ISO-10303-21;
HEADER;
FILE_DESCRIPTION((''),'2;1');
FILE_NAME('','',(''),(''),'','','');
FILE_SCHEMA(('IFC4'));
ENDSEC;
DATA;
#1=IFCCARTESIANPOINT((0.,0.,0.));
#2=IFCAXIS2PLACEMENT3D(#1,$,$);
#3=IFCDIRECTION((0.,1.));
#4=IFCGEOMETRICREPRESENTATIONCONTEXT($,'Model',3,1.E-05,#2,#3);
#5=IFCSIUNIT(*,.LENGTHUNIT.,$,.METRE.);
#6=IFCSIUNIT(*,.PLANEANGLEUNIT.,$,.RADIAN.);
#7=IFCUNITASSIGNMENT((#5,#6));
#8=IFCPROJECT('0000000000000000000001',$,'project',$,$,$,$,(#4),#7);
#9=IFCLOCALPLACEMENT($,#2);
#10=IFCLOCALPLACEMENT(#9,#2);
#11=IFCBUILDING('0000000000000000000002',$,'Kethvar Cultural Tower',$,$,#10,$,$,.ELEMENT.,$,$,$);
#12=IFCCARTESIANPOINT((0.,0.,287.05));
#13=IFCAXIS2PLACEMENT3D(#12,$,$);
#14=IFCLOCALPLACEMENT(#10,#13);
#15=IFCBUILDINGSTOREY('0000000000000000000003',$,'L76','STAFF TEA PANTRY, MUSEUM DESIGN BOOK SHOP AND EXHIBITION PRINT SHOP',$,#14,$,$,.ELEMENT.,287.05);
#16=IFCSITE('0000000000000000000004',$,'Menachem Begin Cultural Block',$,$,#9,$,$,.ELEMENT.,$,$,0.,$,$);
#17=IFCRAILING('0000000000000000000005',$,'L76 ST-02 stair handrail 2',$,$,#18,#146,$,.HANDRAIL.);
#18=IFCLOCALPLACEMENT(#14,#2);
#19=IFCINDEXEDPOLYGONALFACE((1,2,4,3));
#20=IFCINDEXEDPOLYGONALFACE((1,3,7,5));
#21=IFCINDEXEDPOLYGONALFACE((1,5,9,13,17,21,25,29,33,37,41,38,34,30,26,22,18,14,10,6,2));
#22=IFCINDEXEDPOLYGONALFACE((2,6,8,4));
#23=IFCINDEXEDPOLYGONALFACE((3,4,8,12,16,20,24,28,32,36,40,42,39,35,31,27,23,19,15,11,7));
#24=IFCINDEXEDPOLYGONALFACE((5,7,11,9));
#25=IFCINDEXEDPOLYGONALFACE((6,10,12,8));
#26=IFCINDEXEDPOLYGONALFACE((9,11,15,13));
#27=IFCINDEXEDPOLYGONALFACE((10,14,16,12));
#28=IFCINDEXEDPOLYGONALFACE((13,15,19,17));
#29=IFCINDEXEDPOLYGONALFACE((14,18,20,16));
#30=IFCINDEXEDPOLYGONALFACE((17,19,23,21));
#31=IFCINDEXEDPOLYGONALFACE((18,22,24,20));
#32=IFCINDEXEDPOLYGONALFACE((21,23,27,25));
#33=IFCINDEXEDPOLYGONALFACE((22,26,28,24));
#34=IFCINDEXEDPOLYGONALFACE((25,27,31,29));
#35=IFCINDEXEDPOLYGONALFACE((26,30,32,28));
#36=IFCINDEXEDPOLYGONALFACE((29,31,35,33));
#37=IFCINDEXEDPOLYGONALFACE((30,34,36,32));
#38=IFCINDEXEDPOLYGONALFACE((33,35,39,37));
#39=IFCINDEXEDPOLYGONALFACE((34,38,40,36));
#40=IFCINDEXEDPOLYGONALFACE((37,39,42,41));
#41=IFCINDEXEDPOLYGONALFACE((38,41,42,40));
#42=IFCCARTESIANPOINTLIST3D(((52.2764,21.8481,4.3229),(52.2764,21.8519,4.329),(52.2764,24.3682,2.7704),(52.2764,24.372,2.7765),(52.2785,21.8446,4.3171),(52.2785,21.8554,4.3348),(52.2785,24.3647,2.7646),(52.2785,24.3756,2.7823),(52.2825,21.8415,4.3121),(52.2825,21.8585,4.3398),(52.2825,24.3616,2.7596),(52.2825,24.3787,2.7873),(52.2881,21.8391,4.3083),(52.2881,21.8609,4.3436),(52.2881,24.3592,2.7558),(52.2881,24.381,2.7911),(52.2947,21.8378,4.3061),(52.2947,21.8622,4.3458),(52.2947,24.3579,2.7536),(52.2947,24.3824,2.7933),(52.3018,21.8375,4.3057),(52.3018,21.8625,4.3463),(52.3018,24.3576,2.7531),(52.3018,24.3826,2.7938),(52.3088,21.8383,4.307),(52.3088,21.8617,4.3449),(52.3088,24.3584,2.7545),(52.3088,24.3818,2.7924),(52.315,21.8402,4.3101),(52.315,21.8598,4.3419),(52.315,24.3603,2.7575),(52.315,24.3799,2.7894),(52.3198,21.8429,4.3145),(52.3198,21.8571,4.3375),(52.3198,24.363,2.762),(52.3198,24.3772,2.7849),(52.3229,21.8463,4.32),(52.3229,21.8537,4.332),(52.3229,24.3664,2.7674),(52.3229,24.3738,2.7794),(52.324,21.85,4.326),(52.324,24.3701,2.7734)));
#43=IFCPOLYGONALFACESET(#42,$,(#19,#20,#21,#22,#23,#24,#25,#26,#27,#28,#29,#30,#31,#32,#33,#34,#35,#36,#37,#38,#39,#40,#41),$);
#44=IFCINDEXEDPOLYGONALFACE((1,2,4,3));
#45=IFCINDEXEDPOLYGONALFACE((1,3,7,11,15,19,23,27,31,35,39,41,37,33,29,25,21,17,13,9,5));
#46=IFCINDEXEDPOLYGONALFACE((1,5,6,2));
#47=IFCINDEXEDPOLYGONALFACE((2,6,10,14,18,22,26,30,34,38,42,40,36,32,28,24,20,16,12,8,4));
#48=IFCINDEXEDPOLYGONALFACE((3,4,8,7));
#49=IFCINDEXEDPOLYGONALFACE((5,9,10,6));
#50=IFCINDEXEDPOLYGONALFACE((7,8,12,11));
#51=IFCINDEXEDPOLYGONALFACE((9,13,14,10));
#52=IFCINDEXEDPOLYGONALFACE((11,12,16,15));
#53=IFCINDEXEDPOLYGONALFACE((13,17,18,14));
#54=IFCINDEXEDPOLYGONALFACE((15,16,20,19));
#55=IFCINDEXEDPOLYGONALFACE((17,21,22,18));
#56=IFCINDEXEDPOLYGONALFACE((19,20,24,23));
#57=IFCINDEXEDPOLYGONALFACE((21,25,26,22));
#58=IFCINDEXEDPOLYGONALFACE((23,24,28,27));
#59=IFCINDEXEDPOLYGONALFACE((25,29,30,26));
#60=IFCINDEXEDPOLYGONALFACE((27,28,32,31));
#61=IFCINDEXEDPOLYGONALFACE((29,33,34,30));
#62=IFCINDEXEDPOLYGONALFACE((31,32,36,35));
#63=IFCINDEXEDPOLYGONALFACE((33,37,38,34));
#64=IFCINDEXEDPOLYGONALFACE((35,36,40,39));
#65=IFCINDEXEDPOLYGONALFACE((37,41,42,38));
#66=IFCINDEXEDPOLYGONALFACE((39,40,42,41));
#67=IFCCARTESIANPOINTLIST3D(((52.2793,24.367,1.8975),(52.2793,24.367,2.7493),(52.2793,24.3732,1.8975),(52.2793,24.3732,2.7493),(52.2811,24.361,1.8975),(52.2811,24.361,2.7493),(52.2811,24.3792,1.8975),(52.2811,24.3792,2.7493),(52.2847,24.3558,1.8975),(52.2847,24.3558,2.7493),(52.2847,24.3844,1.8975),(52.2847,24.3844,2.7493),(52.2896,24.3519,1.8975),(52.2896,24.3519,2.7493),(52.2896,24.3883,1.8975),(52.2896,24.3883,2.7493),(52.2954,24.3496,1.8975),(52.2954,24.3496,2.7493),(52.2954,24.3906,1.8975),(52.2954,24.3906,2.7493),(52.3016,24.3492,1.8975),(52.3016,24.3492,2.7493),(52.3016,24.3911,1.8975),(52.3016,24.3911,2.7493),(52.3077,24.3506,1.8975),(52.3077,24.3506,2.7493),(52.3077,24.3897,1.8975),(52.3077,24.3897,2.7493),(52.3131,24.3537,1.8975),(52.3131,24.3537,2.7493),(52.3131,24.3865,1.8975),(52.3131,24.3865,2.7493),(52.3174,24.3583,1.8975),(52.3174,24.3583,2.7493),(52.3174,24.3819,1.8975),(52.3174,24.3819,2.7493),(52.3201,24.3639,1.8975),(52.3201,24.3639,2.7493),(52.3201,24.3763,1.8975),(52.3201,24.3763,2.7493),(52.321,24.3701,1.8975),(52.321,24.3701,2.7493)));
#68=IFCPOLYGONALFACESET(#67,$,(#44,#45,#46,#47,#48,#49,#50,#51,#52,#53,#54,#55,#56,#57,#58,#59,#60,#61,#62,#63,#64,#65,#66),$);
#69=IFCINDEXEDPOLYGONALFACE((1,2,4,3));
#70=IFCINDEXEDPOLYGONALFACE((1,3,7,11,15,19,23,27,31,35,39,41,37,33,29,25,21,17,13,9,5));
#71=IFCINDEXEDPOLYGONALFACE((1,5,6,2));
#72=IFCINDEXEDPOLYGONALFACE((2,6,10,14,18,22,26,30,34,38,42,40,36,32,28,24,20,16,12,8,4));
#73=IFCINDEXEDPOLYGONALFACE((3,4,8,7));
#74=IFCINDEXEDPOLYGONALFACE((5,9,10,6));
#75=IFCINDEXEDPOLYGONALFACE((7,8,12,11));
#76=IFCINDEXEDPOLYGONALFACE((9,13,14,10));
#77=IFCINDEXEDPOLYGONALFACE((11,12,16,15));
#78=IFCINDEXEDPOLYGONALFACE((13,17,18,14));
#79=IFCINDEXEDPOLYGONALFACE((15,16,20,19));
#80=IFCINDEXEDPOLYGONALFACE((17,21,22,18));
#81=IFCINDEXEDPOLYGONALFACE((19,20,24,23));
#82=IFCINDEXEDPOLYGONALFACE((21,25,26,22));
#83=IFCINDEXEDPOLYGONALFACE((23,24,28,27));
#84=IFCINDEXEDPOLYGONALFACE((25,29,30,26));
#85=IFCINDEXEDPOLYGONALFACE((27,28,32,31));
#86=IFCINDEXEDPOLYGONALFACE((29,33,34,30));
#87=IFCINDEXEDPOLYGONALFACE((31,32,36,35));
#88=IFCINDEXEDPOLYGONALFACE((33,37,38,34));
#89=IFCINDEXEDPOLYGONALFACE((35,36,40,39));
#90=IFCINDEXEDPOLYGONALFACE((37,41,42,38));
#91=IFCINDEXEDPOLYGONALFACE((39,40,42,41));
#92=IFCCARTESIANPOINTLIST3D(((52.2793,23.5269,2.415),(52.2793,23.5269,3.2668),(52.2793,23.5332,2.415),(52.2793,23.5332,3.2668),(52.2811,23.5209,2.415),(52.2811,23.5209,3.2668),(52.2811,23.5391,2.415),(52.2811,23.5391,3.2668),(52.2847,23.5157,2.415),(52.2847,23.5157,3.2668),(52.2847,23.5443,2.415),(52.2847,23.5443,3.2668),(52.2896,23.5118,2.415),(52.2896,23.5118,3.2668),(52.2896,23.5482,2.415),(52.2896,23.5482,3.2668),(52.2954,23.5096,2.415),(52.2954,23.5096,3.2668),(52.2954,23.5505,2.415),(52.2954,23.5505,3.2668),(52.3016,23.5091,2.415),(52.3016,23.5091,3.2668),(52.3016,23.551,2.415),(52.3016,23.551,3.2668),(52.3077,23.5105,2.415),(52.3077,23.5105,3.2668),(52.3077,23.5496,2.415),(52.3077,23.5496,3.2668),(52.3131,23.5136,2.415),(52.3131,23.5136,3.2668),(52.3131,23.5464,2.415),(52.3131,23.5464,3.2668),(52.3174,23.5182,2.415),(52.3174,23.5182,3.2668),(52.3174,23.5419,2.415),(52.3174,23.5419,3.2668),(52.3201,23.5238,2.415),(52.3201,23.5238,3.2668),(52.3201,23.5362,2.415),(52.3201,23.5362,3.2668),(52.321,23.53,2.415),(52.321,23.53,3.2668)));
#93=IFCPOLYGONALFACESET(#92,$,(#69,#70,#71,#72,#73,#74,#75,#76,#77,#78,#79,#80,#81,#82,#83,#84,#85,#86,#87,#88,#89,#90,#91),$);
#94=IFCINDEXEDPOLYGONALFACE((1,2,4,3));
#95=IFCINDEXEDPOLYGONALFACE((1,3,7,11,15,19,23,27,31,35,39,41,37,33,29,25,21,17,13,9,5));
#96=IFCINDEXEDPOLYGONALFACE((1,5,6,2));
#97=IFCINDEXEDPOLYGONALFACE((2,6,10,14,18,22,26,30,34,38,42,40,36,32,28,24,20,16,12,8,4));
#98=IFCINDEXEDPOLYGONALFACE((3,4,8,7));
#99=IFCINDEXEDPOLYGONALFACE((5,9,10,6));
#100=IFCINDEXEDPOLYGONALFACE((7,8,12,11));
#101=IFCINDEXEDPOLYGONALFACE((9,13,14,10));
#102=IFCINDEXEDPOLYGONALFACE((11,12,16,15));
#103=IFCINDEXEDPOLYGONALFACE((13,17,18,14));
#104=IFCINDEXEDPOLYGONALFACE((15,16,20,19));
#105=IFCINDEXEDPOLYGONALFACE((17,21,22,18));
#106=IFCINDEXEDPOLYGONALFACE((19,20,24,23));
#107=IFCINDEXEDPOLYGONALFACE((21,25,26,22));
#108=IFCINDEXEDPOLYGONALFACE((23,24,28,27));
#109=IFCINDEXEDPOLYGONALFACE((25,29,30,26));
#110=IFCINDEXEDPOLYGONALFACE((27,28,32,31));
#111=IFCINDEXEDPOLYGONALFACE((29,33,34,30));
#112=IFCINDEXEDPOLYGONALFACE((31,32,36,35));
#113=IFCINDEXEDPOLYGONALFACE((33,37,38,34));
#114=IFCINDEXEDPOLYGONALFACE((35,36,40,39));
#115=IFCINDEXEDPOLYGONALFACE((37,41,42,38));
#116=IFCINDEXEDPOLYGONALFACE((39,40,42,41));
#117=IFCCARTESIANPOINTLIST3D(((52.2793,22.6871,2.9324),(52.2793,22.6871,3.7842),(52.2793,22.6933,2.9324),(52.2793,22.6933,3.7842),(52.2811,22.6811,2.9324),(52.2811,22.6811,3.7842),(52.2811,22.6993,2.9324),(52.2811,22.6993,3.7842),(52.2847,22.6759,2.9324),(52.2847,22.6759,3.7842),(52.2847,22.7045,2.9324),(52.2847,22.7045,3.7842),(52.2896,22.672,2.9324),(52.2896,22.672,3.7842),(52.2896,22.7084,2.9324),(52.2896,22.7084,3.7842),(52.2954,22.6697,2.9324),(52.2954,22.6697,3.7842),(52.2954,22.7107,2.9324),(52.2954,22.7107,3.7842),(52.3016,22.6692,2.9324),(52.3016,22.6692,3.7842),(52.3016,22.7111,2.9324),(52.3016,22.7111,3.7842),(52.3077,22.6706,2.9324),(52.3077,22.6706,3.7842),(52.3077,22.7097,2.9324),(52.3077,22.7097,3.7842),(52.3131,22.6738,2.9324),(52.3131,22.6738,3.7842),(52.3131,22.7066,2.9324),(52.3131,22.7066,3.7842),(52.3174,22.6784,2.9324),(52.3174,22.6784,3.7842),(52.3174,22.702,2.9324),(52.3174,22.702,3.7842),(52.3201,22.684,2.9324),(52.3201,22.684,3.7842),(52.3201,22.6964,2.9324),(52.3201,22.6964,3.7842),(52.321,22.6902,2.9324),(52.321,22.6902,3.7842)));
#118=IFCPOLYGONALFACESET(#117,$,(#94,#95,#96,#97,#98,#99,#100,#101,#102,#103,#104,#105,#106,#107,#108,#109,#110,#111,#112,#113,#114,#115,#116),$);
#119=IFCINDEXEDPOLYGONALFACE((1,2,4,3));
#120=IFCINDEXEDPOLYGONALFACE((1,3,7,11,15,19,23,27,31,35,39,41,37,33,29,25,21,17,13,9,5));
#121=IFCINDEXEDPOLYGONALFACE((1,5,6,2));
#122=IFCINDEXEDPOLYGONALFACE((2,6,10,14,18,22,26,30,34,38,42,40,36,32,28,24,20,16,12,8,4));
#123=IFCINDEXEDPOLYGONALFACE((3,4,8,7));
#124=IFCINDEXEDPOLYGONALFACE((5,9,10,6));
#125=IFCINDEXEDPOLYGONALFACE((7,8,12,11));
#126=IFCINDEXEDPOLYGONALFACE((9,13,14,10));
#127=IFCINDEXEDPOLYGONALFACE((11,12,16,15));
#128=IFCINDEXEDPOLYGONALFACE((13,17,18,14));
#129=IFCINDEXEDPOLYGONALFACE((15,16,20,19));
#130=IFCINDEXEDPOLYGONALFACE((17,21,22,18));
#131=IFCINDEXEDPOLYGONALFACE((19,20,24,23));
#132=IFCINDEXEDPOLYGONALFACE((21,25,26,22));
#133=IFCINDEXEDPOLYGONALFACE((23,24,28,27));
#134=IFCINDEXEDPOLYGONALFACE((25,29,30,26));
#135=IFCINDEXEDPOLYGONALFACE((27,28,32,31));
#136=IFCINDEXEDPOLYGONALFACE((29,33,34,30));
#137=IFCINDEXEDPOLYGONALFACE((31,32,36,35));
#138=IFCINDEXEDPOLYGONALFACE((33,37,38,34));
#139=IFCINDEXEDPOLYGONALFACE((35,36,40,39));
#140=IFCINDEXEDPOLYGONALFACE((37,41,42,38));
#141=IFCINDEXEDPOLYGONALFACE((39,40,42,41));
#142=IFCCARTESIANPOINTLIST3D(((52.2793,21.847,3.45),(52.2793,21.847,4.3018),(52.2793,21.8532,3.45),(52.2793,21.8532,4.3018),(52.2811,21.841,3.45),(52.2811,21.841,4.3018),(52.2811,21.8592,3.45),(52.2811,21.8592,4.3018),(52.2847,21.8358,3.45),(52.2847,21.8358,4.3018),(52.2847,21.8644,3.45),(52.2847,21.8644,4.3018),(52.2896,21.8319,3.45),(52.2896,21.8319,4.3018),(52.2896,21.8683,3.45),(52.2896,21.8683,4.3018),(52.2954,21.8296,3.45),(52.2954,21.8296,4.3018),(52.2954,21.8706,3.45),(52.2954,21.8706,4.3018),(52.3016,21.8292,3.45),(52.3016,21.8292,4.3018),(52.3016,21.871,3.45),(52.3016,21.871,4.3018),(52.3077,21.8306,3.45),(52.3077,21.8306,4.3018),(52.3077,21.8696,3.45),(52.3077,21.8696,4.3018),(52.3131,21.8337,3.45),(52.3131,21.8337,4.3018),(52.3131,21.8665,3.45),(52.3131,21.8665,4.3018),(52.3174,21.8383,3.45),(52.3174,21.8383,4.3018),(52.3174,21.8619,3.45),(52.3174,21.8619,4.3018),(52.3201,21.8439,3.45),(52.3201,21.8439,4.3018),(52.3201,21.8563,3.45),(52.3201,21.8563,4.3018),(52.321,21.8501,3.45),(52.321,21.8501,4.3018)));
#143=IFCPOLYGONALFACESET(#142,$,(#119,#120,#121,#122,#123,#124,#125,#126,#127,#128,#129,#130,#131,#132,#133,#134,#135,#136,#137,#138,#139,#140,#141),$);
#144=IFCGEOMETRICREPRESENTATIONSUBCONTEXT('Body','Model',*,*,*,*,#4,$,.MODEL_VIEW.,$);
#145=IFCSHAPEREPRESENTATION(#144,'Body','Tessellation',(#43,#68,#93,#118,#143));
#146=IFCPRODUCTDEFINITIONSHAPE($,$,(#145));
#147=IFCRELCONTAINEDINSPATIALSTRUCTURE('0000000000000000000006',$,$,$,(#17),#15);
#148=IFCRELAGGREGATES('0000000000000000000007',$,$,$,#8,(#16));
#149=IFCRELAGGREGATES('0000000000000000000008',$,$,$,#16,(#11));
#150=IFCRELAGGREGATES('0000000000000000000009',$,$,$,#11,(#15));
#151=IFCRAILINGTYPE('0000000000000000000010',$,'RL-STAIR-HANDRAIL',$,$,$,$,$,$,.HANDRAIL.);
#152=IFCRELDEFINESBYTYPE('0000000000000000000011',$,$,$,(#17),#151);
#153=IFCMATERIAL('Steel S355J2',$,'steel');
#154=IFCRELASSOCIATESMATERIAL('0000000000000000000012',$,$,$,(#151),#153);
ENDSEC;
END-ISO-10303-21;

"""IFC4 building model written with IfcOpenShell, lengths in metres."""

from ifc_helpers import new_model, si_unit, direction, frame, origin, origin_2d, place, context, subcontext, project, spatial, circle, extrude, material, type_object, element, save


model = new_model("IFC4")

# Units and contexts
model_context = context("Model", 3, precision=1e-05, world=origin(), true_north=direction((0.0, 1.0)))
body_context = subcontext(model_context, "Body", "Model", "MODEL_VIEW")
ifc_project = project(units=[si_unit("LENGTHUNIT", "METRE"), si_unit("PLANEANGLEUNIT", "RADIAN")], contexts=[model_context])

# Site, building, storey
site_placement = place(None, origin())
site = spatial("IfcSite", under=ifc_project, at=site_placement, Name="Menachem Begin Cultural Block", CompositionType="ELEMENT", RefElevation=0.0)
building_placement = place(site_placement, origin())
building = spatial("IfcBuilding", under=site, at=building_placement, Name="Kethvar Cultural Tower", CompositionType="ELEMENT")
storey_placement = place(building_placement, frame((0.0, 0.0, 287.05)))
storey = spatial("IfcBuildingStorey", under=building, at=storey_placement, Name="L76", Description="STAFF TEA PANTRY, MUSEUM DESIGN BOOK SHOP AND EXHIBITION PRINT SHOP", CompositionType="ELEMENT", Elevation=287.05)

# Shared definitions
ifc_material_1 = material(Name="Steel S355J2", Category="steel")

# Railing
railing_type_1 = type_object("IfcRailingType", Name="RL-STAIR-HANDRAIL", PredefinedType="HANDRAIL", material=ifc_material_1)
railing_1_placement = place(storey_placement, frame((52.3, 24.3701, 1.8975)))
element("IfcRailing", 1, at=railing_1_placement, inside=storey, type_object=railing_type_1, Name="L76 ST-02 stair handrail 2", PredefinedType="HANDRAIL", context=body_context, shape_type="SweptSolid", body=[
    extrude(circle(Radius=0.0239, at=origin_2d()), frame((0.0, 0.0, 0.876), z_axis=(0.0, -0.8514, 0.524516), x_axis=(1.0, 0.0, 0.0)), (0.0, 0.0, 1.0), 2.96),
    extrude(circle(Radius=0.021, at=origin_2d()), origin(), (0.0, 0.0, 1.0), 0.8518),
    extrude(circle(Radius=0.021, at=origin_2d()), frame((0.0, -0.8401, 0.5176)), (0.0, 0.0, 1.0), 0.8518),
    extrude(circle(Radius=0.021, at=origin_2d()), frame((0.0, -1.6799, 1.0349)), (0.0, 0.0, 1.0), 0.8518),
    extrude(circle(Radius=0.021, at=origin_2d()), frame((0.0, -2.52, 1.5525)), (0.0, 0.0, 1.0), 0.8518),
])

save(model, "model.ifc")
